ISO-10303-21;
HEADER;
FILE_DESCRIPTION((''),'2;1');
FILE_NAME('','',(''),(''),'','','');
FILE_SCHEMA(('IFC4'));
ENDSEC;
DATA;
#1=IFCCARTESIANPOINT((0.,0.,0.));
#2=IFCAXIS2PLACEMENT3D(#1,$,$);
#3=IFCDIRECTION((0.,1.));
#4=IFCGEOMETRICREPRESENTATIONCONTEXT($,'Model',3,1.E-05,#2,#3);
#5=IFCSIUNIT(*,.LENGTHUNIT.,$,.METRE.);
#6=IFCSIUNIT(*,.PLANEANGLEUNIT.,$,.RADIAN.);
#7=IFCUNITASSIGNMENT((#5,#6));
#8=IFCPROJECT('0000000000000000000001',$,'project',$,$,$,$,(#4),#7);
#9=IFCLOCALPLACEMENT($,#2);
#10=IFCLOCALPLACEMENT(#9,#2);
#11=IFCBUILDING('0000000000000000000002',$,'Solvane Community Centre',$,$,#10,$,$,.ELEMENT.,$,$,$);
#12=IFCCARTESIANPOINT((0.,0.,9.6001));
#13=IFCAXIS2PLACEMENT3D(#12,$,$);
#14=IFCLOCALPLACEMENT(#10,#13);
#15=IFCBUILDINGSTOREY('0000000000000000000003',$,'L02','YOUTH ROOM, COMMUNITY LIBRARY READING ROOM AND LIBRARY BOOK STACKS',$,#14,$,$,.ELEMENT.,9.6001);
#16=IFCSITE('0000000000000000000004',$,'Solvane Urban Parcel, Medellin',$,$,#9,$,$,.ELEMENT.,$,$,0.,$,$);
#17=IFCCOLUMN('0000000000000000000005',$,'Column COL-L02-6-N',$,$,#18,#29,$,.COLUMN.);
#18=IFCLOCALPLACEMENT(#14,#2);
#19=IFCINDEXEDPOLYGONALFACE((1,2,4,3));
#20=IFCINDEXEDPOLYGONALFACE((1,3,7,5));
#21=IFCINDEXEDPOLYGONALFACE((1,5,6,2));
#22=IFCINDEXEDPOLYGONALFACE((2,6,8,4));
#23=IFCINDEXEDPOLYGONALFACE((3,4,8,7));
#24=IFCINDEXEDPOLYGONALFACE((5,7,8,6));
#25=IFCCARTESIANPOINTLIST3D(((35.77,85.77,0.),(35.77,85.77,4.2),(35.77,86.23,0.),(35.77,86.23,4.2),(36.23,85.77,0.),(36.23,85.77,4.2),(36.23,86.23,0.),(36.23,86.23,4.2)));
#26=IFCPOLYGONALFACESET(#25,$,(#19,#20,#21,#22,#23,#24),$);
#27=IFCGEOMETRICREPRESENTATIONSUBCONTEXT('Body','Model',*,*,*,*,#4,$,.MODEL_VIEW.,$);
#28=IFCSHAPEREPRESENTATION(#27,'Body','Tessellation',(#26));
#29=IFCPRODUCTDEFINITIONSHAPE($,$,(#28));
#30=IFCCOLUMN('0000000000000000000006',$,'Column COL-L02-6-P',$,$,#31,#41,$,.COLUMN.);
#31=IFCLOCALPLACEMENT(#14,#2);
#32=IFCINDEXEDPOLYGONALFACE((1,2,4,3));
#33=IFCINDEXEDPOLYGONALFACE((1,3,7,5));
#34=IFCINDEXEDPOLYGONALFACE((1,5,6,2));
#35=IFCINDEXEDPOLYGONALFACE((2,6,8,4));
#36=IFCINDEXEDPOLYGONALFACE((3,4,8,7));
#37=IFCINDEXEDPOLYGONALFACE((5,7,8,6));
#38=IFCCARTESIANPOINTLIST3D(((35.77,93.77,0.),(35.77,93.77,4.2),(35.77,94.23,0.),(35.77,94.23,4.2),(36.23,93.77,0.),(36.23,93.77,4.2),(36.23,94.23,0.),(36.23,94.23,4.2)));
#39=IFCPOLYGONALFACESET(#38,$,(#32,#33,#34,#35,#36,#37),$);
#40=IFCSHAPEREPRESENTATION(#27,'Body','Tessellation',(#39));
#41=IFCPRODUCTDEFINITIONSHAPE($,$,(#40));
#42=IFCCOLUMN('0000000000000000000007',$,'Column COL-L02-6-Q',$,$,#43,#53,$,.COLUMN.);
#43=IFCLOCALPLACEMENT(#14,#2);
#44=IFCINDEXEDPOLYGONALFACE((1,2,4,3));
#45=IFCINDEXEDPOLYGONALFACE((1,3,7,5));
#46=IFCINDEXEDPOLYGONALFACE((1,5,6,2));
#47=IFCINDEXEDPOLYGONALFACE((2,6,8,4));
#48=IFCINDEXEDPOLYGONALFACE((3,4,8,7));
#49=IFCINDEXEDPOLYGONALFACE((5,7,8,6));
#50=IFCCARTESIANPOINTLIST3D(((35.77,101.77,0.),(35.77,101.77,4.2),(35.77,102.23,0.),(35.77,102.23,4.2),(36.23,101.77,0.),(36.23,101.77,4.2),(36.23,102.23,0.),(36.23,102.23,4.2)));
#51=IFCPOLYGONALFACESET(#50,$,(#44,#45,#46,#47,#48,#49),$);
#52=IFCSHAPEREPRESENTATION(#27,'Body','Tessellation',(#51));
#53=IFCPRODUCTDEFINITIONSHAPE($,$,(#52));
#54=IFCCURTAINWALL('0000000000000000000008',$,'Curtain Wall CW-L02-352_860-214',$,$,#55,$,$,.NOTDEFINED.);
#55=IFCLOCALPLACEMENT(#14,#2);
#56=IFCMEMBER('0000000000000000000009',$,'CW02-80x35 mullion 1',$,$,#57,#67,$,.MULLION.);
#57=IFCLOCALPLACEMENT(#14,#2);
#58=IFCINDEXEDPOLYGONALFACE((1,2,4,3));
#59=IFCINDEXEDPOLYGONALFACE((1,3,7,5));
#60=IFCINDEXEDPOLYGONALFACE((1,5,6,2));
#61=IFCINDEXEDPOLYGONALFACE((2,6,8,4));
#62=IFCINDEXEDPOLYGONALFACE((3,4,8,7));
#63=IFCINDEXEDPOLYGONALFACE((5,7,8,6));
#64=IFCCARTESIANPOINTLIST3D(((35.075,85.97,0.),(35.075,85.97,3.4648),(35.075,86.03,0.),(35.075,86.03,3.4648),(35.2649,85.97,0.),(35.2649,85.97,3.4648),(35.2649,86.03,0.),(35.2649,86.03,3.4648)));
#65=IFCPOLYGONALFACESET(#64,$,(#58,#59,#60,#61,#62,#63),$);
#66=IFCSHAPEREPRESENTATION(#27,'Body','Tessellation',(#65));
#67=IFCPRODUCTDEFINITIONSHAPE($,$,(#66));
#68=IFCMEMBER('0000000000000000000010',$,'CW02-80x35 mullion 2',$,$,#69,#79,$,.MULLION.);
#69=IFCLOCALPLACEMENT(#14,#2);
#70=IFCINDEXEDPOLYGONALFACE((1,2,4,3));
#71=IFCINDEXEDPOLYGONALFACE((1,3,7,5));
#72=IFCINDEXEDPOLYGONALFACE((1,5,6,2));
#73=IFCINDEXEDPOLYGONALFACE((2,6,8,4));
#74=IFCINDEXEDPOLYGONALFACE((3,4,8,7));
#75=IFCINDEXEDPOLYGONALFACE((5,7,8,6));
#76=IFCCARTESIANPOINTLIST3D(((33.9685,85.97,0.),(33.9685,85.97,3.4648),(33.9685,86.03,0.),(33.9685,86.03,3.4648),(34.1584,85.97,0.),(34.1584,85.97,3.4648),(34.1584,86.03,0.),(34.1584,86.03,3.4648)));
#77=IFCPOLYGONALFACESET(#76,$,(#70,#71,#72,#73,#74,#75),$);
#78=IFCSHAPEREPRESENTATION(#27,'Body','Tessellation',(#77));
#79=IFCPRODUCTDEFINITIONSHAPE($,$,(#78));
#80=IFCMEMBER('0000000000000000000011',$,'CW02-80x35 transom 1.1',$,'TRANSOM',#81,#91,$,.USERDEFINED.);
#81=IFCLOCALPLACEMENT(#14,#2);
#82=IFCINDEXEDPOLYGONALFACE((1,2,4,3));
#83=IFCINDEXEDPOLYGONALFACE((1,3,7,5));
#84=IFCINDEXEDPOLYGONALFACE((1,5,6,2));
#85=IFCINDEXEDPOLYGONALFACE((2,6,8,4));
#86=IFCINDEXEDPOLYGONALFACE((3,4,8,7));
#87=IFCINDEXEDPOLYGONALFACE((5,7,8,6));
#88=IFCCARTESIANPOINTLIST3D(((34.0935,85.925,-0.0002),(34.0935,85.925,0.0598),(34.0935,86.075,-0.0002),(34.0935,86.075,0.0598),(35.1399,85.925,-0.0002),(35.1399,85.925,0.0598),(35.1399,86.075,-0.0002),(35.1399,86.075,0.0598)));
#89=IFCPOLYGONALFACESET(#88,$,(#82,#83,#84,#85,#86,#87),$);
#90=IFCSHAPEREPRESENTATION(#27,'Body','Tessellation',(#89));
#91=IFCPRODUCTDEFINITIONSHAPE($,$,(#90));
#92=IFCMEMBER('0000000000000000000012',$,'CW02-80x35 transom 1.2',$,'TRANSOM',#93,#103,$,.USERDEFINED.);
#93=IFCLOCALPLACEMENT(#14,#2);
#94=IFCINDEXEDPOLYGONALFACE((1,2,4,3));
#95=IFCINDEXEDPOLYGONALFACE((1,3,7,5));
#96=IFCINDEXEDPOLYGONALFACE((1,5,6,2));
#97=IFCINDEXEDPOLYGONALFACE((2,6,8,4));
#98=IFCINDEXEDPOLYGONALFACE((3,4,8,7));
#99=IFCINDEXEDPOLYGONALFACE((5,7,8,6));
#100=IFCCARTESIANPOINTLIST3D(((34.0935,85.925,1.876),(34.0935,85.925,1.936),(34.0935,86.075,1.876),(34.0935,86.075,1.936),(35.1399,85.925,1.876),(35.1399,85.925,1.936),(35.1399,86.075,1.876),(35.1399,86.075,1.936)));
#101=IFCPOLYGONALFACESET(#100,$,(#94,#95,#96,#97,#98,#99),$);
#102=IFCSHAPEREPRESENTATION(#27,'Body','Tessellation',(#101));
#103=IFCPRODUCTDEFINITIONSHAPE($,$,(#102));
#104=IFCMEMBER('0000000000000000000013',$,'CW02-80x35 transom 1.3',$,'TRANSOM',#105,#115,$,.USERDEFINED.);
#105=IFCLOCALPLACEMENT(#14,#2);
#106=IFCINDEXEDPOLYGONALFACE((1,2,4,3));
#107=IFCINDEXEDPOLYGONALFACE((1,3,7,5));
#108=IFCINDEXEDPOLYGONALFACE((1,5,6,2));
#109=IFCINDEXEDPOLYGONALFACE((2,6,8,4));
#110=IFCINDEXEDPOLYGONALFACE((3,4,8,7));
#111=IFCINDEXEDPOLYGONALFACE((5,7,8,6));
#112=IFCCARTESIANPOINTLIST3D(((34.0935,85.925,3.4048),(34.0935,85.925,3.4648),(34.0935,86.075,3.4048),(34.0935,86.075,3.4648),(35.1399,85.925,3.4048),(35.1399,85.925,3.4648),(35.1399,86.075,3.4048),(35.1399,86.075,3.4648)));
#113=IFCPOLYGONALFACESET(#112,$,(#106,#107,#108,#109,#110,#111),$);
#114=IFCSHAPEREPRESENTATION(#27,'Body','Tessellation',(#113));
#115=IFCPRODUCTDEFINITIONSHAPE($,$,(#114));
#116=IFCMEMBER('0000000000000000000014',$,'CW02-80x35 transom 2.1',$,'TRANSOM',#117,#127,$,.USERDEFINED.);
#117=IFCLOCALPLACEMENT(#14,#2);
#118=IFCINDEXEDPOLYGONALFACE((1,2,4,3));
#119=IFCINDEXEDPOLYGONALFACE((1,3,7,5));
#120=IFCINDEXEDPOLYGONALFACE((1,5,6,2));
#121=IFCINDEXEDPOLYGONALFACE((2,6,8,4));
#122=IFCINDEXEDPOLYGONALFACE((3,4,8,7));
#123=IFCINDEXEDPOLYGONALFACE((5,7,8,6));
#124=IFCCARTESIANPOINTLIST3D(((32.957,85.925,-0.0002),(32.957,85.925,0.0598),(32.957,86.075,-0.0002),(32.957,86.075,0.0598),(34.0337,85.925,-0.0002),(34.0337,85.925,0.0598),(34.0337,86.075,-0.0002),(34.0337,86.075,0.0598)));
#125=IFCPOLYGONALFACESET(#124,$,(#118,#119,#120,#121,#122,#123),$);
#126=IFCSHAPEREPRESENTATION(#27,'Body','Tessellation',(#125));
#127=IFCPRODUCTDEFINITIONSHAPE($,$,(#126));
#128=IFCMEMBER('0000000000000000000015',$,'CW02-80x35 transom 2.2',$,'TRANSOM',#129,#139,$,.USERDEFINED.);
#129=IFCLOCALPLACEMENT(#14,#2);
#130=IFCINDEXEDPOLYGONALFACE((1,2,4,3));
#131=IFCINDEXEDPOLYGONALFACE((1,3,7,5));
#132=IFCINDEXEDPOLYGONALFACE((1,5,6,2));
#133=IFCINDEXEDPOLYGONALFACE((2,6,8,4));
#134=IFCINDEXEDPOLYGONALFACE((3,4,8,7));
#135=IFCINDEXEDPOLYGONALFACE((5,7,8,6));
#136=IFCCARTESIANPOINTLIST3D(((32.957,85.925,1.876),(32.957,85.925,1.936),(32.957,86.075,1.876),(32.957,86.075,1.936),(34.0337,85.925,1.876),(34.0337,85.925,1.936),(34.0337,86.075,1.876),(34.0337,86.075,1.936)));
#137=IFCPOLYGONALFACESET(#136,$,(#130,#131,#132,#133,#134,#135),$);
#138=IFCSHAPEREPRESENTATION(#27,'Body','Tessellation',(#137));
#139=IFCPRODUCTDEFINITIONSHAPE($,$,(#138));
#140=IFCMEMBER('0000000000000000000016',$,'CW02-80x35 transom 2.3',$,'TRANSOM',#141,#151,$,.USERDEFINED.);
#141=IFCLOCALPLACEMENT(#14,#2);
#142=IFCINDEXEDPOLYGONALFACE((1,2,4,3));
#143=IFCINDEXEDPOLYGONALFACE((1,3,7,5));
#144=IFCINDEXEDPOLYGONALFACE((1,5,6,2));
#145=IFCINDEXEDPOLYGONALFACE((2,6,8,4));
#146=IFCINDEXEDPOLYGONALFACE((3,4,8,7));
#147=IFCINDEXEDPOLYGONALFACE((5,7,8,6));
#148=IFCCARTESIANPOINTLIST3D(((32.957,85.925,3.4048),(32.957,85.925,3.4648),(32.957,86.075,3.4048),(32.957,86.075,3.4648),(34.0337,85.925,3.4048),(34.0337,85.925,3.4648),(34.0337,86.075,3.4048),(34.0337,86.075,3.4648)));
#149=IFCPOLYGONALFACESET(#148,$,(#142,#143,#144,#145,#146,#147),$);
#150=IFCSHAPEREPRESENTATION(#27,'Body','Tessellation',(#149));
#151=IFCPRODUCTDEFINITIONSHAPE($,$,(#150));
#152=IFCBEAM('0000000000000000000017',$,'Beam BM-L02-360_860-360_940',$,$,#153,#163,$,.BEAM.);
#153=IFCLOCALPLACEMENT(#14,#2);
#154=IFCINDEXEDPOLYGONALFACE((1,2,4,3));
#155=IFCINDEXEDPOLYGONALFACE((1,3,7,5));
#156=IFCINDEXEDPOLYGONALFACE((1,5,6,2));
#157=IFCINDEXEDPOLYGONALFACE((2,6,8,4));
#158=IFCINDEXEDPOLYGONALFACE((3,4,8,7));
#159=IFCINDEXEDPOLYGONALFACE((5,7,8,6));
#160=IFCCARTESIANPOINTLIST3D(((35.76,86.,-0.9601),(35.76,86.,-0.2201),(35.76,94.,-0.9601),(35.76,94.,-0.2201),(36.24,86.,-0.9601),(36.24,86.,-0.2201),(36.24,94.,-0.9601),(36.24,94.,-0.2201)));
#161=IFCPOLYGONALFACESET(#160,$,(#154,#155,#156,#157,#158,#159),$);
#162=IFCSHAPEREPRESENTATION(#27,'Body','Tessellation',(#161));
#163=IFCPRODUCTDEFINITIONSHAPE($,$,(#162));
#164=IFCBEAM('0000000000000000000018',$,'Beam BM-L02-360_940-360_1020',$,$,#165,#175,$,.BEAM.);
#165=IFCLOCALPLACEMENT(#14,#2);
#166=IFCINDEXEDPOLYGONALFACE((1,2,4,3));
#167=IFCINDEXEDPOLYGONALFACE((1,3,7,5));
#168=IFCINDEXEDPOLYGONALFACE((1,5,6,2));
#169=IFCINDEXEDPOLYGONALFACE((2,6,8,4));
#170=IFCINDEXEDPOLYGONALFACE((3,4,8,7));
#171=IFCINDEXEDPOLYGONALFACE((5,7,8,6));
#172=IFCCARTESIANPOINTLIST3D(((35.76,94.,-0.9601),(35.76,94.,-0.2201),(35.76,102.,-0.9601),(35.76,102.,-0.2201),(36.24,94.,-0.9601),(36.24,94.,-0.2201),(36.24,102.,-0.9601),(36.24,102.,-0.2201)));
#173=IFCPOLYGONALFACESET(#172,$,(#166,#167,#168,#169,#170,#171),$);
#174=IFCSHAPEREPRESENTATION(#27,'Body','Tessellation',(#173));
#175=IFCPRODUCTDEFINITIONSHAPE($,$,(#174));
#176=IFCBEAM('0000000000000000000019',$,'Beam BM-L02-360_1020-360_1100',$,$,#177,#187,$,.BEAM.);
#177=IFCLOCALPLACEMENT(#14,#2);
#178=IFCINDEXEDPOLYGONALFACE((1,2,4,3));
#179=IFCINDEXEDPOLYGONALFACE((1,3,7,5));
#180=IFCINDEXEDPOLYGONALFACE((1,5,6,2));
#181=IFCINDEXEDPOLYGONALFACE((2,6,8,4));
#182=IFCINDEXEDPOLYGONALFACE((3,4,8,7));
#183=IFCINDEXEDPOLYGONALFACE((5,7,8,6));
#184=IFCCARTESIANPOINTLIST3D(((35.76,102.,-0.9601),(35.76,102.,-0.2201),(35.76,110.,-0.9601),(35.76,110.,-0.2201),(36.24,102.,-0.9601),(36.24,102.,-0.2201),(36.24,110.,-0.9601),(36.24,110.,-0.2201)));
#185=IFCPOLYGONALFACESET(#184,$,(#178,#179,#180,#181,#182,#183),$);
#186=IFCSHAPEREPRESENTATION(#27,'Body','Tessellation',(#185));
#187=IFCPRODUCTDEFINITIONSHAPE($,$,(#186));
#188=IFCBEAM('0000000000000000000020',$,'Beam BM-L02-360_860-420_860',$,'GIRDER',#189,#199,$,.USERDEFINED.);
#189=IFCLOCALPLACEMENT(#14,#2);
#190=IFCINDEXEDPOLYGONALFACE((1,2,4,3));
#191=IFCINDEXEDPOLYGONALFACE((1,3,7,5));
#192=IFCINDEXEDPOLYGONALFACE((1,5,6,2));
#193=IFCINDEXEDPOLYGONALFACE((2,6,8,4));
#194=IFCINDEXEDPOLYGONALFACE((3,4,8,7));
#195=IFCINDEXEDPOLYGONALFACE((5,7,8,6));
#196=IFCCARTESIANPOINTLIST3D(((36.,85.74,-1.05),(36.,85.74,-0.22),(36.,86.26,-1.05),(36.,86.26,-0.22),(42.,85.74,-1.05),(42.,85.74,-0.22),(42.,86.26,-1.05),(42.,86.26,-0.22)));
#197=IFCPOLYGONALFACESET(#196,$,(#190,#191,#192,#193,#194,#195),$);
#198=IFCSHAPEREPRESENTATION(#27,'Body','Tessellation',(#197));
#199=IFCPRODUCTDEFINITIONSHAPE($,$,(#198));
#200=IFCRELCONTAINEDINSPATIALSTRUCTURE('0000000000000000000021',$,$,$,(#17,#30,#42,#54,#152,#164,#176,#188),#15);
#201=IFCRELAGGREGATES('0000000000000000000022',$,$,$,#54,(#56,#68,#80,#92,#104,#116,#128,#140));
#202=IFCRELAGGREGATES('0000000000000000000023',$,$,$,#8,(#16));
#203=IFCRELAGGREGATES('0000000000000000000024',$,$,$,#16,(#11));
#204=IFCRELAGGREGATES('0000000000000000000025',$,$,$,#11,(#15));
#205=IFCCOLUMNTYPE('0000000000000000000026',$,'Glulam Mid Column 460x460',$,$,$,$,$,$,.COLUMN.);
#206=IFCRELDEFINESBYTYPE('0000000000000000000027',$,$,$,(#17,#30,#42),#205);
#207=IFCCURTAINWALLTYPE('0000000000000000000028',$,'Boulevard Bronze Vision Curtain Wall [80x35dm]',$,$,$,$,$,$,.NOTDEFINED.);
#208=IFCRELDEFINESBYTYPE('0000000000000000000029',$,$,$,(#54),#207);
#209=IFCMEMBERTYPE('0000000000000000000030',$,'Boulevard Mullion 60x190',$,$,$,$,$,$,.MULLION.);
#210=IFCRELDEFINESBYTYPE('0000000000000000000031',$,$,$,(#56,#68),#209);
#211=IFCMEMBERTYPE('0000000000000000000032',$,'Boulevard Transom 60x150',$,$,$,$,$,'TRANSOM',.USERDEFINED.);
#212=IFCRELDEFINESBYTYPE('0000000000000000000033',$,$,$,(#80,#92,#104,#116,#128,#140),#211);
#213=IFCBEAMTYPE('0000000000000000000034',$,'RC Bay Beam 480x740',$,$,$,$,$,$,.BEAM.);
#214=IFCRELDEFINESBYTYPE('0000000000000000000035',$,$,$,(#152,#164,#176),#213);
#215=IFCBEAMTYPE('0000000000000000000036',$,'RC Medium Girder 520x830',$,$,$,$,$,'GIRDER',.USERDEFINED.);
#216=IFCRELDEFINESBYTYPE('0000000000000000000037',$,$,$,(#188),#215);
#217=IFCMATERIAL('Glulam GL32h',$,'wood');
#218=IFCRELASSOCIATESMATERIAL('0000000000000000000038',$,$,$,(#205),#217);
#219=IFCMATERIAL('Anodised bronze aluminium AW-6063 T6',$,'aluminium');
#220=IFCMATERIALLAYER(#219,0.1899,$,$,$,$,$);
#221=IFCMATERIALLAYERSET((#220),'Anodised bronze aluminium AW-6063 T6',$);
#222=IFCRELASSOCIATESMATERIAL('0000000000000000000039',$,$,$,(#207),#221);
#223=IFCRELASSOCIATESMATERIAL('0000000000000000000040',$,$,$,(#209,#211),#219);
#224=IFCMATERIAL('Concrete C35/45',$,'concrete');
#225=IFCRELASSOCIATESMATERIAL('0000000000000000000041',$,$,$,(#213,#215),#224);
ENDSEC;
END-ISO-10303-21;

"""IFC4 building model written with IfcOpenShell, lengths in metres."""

from ifc_helpers import new_model, si_unit, direction, frame, origin, origin_2d, place, context, subcontext, project, spatial, rectangle, extrude, material, layer, layer_set, material_profile, profile_set, type_object, element, aggregate, save


model = new_model("IFC4")

# Units and contexts
model_context = context("Model", 3, precision=1e-05, world=origin(), true_north=direction((0.0, 1.0)))
body_context = subcontext(model_context, "Body", "Model", "MODEL_VIEW")
ifc_project = project(units=[si_unit("LENGTHUNIT", "METRE"), si_unit("PLANEANGLEUNIT", "RADIAN")], contexts=[model_context])

# Site, building, storey
site_placement = place(None, origin())
site = spatial("IfcSite", under=ifc_project, at=site_placement, Name="Solvane Urban Parcel, Medellin", CompositionType="ELEMENT", RefElevation=0.0)
building_placement = place(site_placement, origin())
building = spatial("IfcBuilding", under=site, at=building_placement, Name="Solvane Community Centre", CompositionType="ELEMENT")
storey_placement = place(building_placement, frame((0.0, 0.0, 9.6001)))
storey = spatial("IfcBuildingStorey", under=building, at=storey_placement, Name="L02", Description="YOUTH ROOM, COMMUNITY LIBRARY READING ROOM AND LIBRARY BOOK STACKS", CompositionType="ELEMENT", Elevation=9.6001)

# Columns
ifc_material_1 = material(Name="Glulam GL32h", Category="wood")
ifc_material_profile_1 = material_profile(ifc_material_1, rectangle(XDim=0.46, YDim=0.46, at=origin_2d()), Name="GL32h 460x460")
ifc_profile_set_1 = profile_set([ifc_material_profile_1], Name="Glulam GL32h")
column_type = type_object("IfcColumnType", Name="Glulam Mid Column 460x460", PredefinedType="COLUMN", material=ifc_profile_set_1)
for number, where, z_axis, x_axis, name in (
    (1, (36.0, 86.0, 0.0), (0.0, 0.0, 1.0), (1.0, 0.0, 0.0), "Column COL-L02-6-N"),
    (2, (36.0, 94.0, 0.0), (0.0, 0.0, 1.0), (1.0, 0.0, 0.0), "Column COL-L02-6-P"),
    (3, (36.0, 102.0, 0.0), (0.0, 0.0, 1.0), (1.0, 0.0, 0.0), "Column COL-L02-6-Q"),
):
    element("IfcColumn", number, at=place(storey_placement, frame(where, z_axis=z_axis, x_axis=x_axis)), inside=storey, type_object=column_type, Name=name, PredefinedType="COLUMN", context=body_context, shape_type="SweptSolid", body=[
        extrude(rectangle(XDim=0.46, YDim=0.46, at=origin_2d()), origin(), (0.0, 0.0, 1.0), 4.2),
    ])

# Curtain wall, members
ifc_material_2 = material(Name="Anodised bronze aluminium AW-6063 T6", Category="aluminium")
ifc_layer_1 = layer(ifc_material_2, 0.1899)
ifc_layer_set_1 = layer_set([ifc_layer_1], Name="Anodised bronze aluminium AW-6063 T6")
curtain_wall_type = type_object("IfcCurtainWallType", Name="Boulevard Bronze Vision Curtain Wall [80x35dm]", PredefinedType="NOTDEFINED", material=ifc_layer_set_1)
curtain_wall_placement = place(storey_placement, origin())
curtain_wall = element("IfcCurtainWall", 4, at=curtain_wall_placement, inside=storey, type_object=curtain_wall_type, Name="Curtain Wall CW-L02-352_860-214", PredefinedType="NOTDEFINED")
ifc_material_profile_2 = material_profile(ifc_material_2, rectangle(XDim=0.0601, YDim=0.1899, at=origin_2d()), Name="CW-M 60x190")
ifc_profile_set_2 = profile_set([ifc_material_profile_2], Name="Anodised bronze aluminium AW-6063 T6")
member_type_1 = type_object("IfcMemberType", Name="Boulevard Mullion 60x190", PredefinedType="MULLION", material=ifc_profile_set_2)
member_1_placement = place(storey_placement, frame((35.1699, 86.0, 0.0), z_axis=(0.0, 0.0, 1.0), x_axis=(0.0, -1.0, 0.0)))
member_1 = element("IfcMember", 5, at=member_1_placement, type_object=member_type_1, Name="CW02-80x35 mullion 1", PredefinedType="MULLION", context=body_context, shape_type="SweptSolid", body=[
    extrude(rectangle(XDim=0.0601, YDim=0.1899, at=origin_2d()), origin(), (0.0, 0.0, 1.0), 3.4648),
])
member_2_placement = place(storey_placement, frame((34.0635, 86.0, 0.0), z_axis=(0.0, 0.0, 1.0), x_axis=(0.0, -1.0, 0.0)))
member_2 = element("IfcMember", 6, at=member_2_placement, type_object=member_type_1, Name="CW02-80x35 mullion 2", PredefinedType="MULLION", context=body_context, shape_type="SweptSolid", body=[
    extrude(rectangle(XDim=0.0601, YDim=0.1899, at=origin_2d()), origin(), (0.0, 0.0, 1.0), 3.4648),
])
ifc_material_profile_3 = material_profile(ifc_material_2, rectangle(XDim=0.1499, YDim=0.0601, at=origin_2d()), Name="CW-T 60x150")
ifc_profile_set_3 = profile_set([ifc_material_profile_3], Name="Anodised bronze aluminium AW-6063 T6")
member_type_2 = type_object("IfcMemberType", Name="Boulevard Transom 60x150", ElementType="TRANSOM", PredefinedType="USERDEFINED", material=ifc_profile_set_3)
member_3_placement = place(storey_placement, frame((35.1399, 86.0, 0.0298), z_axis=(-1.0, 0.0, 0.0), x_axis=(0.0, -1.0, 0.0)))
member_3 = element("IfcMember", 7, at=member_3_placement, type_object=member_type_2, Name="CW02-80x35 transom 1.1", ObjectType="TRANSOM", PredefinedType="USERDEFINED", context=body_context, shape_type="SweptSolid", body=[
    extrude(rectangle(XDim=0.1499, YDim=0.0601, at=origin_2d()), origin(), (0.0, 0.0, 1.0), 1.0464),
])
member_4_placement = place(storey_placement, frame((35.1399, 86.0, 1.906), z_axis=(-1.0, 0.0, 0.0), x_axis=(0.0, -1.0, 0.0)))
member_4 = element("IfcMember", 8, at=member_4_placement, type_object=member_type_2, Name="CW02-80x35 transom 1.2", ObjectType="TRANSOM", PredefinedType="USERDEFINED", context=body_context, shape_type="SweptSolid", body=[
    extrude(rectangle(XDim=0.1499, YDim=0.0601, at=origin_2d()), origin(), (0.0, 0.0, 1.0), 1.0464),
])
member_5_placement = place(storey_placement, frame((35.1399, 86.0, 3.4348), z_axis=(-1.0, 0.0, 0.0), x_axis=(0.0, -1.0, 0.0)))
member_5 = element("IfcMember", 9, at=member_5_placement, type_object=member_type_2, Name="CW02-80x35 transom 1.3", ObjectType="TRANSOM", PredefinedType="USERDEFINED", context=body_context, shape_type="SweptSolid", body=[
    extrude(rectangle(XDim=0.1499, YDim=0.0601, at=origin_2d()), origin(), (0.0, 0.0, 1.0), 1.0464),
])
member_6_placement = place(storey_placement, frame((34.0337, 86.0, 0.0298), z_axis=(-1.0, 0.0, 0.0), x_axis=(0.0, -1.0, 0.0)))
member_6 = element("IfcMember", 10, at=member_6_placement, type_object=member_type_2, Name="CW02-80x35 transom 2.1", ObjectType="TRANSOM", PredefinedType="USERDEFINED", context=body_context, shape_type="SweptSolid", body=[
    extrude(rectangle(XDim=0.1499, YDim=0.0601, at=origin_2d()), origin(), (0.0, 0.0, 1.0), 1.0767),
])
member_7_placement = place(storey_placement, frame((34.0337, 86.0, 1.906), z_axis=(-1.0, 0.0, 0.0), x_axis=(0.0, -1.0, 0.0)))
member_7 = element("IfcMember", 11, at=member_7_placement, type_object=member_type_2, Name="CW02-80x35 transom 2.2", ObjectType="TRANSOM", PredefinedType="USERDEFINED", context=body_context, shape_type="SweptSolid", body=[
    extrude(rectangle(XDim=0.1499, YDim=0.0601, at=origin_2d()), origin(), (0.0, 0.0, 1.0), 1.0767),
])
member_8_placement = place(storey_placement, frame((34.0337, 86.0, 3.4348), z_axis=(-1.0, 0.0, 0.0), x_axis=(0.0, -1.0, 0.0)))
member_8 = element("IfcMember", 12, at=member_8_placement, type_object=member_type_2, Name="CW02-80x35 transom 2.3", ObjectType="TRANSOM", PredefinedType="USERDEFINED", context=body_context, shape_type="SweptSolid", body=[
    extrude(rectangle(XDim=0.1499, YDim=0.0601, at=origin_2d()), origin(), (0.0, 0.0, 1.0), 1.0767),
])

# Beams
ifc_material_3 = material(Name="Concrete C35/45", Category="concrete")
ifc_material_profile_4 = material_profile(ifc_material_3, rectangle(XDim=0.48, YDim=0.74, at=origin_2d()), Name="RC 480x740")
ifc_profile_set_4 = profile_set([ifc_material_profile_4], Name="Concrete C35/45")
beam_type_1 = type_object("IfcBeamType", Name="RC Bay Beam 480x740", PredefinedType="BEAM", material=ifc_profile_set_4)
for number, where, z_axis, x_axis, name in (
    (13, (36.0, 86.0, -0.5901), (0.0, 1.0, 0.0), (-1.0, 0.0, 0.0), "Beam BM-L02-360_860-360_940"),
    (14, (36.0, 94.0, -0.5901), (0.0, 1.0, 0.0), (-1.0, 0.0, 0.0), "Beam BM-L02-360_940-360_1020"),
    (15, (36.0, 102.0, -0.5901), (0.0, 1.0, 0.0), (-1.0, 0.0, 0.0), "Beam BM-L02-360_1020-360_1100"),
):
    element("IfcBeam", number, at=place(storey_placement, frame(where, z_axis=z_axis, x_axis=x_axis)), inside=storey, type_object=beam_type_1, Name=name, PredefinedType="BEAM", context=body_context, shape_type="SweptSolid", body=[
        extrude(rectangle(XDim=0.48, YDim=0.74, at=origin_2d()), origin(), (0.0, 0.0, 1.0), 8.0),
    ])
ifc_material_profile_5 = material_profile(ifc_material_3, rectangle(XDim=0.52, YDim=0.8301, at=origin_2d()), Name="RC 520x830")
ifc_profile_set_5 = profile_set([ifc_material_profile_5], Name="Concrete C35/45")
beam_type_2 = type_object("IfcBeamType", Name="RC Medium Girder 520x830", ElementType="GIRDER", PredefinedType="USERDEFINED", material=ifc_profile_set_5)
for number, where, z_axis, x_axis, name in (
    (16, (36.0, 86.0, -0.635), (1.0, 0.0, 0.0), (0.0, 1.0, 0.0), "Beam BM-L02-360_860-420_860"),
):
    element("IfcBeam", number, at=place(storey_placement, frame(where, z_axis=z_axis, x_axis=x_axis)), inside=storey, type_object=beam_type_2, Name=name, ObjectType="GIRDER", PredefinedType="USERDEFINED", context=body_context, shape_type="SweptSolid", body=[
        extrude(rectangle(XDim=0.52, YDim=0.8301, at=origin_2d()), origin(), (0.0, 0.0, 1.0), 6.0),
    ])

aggregate(curtain_wall, [member_1, member_2, member_3, member_4, member_5, member_6, member_7, member_8])

save(model, "model.ifc")
